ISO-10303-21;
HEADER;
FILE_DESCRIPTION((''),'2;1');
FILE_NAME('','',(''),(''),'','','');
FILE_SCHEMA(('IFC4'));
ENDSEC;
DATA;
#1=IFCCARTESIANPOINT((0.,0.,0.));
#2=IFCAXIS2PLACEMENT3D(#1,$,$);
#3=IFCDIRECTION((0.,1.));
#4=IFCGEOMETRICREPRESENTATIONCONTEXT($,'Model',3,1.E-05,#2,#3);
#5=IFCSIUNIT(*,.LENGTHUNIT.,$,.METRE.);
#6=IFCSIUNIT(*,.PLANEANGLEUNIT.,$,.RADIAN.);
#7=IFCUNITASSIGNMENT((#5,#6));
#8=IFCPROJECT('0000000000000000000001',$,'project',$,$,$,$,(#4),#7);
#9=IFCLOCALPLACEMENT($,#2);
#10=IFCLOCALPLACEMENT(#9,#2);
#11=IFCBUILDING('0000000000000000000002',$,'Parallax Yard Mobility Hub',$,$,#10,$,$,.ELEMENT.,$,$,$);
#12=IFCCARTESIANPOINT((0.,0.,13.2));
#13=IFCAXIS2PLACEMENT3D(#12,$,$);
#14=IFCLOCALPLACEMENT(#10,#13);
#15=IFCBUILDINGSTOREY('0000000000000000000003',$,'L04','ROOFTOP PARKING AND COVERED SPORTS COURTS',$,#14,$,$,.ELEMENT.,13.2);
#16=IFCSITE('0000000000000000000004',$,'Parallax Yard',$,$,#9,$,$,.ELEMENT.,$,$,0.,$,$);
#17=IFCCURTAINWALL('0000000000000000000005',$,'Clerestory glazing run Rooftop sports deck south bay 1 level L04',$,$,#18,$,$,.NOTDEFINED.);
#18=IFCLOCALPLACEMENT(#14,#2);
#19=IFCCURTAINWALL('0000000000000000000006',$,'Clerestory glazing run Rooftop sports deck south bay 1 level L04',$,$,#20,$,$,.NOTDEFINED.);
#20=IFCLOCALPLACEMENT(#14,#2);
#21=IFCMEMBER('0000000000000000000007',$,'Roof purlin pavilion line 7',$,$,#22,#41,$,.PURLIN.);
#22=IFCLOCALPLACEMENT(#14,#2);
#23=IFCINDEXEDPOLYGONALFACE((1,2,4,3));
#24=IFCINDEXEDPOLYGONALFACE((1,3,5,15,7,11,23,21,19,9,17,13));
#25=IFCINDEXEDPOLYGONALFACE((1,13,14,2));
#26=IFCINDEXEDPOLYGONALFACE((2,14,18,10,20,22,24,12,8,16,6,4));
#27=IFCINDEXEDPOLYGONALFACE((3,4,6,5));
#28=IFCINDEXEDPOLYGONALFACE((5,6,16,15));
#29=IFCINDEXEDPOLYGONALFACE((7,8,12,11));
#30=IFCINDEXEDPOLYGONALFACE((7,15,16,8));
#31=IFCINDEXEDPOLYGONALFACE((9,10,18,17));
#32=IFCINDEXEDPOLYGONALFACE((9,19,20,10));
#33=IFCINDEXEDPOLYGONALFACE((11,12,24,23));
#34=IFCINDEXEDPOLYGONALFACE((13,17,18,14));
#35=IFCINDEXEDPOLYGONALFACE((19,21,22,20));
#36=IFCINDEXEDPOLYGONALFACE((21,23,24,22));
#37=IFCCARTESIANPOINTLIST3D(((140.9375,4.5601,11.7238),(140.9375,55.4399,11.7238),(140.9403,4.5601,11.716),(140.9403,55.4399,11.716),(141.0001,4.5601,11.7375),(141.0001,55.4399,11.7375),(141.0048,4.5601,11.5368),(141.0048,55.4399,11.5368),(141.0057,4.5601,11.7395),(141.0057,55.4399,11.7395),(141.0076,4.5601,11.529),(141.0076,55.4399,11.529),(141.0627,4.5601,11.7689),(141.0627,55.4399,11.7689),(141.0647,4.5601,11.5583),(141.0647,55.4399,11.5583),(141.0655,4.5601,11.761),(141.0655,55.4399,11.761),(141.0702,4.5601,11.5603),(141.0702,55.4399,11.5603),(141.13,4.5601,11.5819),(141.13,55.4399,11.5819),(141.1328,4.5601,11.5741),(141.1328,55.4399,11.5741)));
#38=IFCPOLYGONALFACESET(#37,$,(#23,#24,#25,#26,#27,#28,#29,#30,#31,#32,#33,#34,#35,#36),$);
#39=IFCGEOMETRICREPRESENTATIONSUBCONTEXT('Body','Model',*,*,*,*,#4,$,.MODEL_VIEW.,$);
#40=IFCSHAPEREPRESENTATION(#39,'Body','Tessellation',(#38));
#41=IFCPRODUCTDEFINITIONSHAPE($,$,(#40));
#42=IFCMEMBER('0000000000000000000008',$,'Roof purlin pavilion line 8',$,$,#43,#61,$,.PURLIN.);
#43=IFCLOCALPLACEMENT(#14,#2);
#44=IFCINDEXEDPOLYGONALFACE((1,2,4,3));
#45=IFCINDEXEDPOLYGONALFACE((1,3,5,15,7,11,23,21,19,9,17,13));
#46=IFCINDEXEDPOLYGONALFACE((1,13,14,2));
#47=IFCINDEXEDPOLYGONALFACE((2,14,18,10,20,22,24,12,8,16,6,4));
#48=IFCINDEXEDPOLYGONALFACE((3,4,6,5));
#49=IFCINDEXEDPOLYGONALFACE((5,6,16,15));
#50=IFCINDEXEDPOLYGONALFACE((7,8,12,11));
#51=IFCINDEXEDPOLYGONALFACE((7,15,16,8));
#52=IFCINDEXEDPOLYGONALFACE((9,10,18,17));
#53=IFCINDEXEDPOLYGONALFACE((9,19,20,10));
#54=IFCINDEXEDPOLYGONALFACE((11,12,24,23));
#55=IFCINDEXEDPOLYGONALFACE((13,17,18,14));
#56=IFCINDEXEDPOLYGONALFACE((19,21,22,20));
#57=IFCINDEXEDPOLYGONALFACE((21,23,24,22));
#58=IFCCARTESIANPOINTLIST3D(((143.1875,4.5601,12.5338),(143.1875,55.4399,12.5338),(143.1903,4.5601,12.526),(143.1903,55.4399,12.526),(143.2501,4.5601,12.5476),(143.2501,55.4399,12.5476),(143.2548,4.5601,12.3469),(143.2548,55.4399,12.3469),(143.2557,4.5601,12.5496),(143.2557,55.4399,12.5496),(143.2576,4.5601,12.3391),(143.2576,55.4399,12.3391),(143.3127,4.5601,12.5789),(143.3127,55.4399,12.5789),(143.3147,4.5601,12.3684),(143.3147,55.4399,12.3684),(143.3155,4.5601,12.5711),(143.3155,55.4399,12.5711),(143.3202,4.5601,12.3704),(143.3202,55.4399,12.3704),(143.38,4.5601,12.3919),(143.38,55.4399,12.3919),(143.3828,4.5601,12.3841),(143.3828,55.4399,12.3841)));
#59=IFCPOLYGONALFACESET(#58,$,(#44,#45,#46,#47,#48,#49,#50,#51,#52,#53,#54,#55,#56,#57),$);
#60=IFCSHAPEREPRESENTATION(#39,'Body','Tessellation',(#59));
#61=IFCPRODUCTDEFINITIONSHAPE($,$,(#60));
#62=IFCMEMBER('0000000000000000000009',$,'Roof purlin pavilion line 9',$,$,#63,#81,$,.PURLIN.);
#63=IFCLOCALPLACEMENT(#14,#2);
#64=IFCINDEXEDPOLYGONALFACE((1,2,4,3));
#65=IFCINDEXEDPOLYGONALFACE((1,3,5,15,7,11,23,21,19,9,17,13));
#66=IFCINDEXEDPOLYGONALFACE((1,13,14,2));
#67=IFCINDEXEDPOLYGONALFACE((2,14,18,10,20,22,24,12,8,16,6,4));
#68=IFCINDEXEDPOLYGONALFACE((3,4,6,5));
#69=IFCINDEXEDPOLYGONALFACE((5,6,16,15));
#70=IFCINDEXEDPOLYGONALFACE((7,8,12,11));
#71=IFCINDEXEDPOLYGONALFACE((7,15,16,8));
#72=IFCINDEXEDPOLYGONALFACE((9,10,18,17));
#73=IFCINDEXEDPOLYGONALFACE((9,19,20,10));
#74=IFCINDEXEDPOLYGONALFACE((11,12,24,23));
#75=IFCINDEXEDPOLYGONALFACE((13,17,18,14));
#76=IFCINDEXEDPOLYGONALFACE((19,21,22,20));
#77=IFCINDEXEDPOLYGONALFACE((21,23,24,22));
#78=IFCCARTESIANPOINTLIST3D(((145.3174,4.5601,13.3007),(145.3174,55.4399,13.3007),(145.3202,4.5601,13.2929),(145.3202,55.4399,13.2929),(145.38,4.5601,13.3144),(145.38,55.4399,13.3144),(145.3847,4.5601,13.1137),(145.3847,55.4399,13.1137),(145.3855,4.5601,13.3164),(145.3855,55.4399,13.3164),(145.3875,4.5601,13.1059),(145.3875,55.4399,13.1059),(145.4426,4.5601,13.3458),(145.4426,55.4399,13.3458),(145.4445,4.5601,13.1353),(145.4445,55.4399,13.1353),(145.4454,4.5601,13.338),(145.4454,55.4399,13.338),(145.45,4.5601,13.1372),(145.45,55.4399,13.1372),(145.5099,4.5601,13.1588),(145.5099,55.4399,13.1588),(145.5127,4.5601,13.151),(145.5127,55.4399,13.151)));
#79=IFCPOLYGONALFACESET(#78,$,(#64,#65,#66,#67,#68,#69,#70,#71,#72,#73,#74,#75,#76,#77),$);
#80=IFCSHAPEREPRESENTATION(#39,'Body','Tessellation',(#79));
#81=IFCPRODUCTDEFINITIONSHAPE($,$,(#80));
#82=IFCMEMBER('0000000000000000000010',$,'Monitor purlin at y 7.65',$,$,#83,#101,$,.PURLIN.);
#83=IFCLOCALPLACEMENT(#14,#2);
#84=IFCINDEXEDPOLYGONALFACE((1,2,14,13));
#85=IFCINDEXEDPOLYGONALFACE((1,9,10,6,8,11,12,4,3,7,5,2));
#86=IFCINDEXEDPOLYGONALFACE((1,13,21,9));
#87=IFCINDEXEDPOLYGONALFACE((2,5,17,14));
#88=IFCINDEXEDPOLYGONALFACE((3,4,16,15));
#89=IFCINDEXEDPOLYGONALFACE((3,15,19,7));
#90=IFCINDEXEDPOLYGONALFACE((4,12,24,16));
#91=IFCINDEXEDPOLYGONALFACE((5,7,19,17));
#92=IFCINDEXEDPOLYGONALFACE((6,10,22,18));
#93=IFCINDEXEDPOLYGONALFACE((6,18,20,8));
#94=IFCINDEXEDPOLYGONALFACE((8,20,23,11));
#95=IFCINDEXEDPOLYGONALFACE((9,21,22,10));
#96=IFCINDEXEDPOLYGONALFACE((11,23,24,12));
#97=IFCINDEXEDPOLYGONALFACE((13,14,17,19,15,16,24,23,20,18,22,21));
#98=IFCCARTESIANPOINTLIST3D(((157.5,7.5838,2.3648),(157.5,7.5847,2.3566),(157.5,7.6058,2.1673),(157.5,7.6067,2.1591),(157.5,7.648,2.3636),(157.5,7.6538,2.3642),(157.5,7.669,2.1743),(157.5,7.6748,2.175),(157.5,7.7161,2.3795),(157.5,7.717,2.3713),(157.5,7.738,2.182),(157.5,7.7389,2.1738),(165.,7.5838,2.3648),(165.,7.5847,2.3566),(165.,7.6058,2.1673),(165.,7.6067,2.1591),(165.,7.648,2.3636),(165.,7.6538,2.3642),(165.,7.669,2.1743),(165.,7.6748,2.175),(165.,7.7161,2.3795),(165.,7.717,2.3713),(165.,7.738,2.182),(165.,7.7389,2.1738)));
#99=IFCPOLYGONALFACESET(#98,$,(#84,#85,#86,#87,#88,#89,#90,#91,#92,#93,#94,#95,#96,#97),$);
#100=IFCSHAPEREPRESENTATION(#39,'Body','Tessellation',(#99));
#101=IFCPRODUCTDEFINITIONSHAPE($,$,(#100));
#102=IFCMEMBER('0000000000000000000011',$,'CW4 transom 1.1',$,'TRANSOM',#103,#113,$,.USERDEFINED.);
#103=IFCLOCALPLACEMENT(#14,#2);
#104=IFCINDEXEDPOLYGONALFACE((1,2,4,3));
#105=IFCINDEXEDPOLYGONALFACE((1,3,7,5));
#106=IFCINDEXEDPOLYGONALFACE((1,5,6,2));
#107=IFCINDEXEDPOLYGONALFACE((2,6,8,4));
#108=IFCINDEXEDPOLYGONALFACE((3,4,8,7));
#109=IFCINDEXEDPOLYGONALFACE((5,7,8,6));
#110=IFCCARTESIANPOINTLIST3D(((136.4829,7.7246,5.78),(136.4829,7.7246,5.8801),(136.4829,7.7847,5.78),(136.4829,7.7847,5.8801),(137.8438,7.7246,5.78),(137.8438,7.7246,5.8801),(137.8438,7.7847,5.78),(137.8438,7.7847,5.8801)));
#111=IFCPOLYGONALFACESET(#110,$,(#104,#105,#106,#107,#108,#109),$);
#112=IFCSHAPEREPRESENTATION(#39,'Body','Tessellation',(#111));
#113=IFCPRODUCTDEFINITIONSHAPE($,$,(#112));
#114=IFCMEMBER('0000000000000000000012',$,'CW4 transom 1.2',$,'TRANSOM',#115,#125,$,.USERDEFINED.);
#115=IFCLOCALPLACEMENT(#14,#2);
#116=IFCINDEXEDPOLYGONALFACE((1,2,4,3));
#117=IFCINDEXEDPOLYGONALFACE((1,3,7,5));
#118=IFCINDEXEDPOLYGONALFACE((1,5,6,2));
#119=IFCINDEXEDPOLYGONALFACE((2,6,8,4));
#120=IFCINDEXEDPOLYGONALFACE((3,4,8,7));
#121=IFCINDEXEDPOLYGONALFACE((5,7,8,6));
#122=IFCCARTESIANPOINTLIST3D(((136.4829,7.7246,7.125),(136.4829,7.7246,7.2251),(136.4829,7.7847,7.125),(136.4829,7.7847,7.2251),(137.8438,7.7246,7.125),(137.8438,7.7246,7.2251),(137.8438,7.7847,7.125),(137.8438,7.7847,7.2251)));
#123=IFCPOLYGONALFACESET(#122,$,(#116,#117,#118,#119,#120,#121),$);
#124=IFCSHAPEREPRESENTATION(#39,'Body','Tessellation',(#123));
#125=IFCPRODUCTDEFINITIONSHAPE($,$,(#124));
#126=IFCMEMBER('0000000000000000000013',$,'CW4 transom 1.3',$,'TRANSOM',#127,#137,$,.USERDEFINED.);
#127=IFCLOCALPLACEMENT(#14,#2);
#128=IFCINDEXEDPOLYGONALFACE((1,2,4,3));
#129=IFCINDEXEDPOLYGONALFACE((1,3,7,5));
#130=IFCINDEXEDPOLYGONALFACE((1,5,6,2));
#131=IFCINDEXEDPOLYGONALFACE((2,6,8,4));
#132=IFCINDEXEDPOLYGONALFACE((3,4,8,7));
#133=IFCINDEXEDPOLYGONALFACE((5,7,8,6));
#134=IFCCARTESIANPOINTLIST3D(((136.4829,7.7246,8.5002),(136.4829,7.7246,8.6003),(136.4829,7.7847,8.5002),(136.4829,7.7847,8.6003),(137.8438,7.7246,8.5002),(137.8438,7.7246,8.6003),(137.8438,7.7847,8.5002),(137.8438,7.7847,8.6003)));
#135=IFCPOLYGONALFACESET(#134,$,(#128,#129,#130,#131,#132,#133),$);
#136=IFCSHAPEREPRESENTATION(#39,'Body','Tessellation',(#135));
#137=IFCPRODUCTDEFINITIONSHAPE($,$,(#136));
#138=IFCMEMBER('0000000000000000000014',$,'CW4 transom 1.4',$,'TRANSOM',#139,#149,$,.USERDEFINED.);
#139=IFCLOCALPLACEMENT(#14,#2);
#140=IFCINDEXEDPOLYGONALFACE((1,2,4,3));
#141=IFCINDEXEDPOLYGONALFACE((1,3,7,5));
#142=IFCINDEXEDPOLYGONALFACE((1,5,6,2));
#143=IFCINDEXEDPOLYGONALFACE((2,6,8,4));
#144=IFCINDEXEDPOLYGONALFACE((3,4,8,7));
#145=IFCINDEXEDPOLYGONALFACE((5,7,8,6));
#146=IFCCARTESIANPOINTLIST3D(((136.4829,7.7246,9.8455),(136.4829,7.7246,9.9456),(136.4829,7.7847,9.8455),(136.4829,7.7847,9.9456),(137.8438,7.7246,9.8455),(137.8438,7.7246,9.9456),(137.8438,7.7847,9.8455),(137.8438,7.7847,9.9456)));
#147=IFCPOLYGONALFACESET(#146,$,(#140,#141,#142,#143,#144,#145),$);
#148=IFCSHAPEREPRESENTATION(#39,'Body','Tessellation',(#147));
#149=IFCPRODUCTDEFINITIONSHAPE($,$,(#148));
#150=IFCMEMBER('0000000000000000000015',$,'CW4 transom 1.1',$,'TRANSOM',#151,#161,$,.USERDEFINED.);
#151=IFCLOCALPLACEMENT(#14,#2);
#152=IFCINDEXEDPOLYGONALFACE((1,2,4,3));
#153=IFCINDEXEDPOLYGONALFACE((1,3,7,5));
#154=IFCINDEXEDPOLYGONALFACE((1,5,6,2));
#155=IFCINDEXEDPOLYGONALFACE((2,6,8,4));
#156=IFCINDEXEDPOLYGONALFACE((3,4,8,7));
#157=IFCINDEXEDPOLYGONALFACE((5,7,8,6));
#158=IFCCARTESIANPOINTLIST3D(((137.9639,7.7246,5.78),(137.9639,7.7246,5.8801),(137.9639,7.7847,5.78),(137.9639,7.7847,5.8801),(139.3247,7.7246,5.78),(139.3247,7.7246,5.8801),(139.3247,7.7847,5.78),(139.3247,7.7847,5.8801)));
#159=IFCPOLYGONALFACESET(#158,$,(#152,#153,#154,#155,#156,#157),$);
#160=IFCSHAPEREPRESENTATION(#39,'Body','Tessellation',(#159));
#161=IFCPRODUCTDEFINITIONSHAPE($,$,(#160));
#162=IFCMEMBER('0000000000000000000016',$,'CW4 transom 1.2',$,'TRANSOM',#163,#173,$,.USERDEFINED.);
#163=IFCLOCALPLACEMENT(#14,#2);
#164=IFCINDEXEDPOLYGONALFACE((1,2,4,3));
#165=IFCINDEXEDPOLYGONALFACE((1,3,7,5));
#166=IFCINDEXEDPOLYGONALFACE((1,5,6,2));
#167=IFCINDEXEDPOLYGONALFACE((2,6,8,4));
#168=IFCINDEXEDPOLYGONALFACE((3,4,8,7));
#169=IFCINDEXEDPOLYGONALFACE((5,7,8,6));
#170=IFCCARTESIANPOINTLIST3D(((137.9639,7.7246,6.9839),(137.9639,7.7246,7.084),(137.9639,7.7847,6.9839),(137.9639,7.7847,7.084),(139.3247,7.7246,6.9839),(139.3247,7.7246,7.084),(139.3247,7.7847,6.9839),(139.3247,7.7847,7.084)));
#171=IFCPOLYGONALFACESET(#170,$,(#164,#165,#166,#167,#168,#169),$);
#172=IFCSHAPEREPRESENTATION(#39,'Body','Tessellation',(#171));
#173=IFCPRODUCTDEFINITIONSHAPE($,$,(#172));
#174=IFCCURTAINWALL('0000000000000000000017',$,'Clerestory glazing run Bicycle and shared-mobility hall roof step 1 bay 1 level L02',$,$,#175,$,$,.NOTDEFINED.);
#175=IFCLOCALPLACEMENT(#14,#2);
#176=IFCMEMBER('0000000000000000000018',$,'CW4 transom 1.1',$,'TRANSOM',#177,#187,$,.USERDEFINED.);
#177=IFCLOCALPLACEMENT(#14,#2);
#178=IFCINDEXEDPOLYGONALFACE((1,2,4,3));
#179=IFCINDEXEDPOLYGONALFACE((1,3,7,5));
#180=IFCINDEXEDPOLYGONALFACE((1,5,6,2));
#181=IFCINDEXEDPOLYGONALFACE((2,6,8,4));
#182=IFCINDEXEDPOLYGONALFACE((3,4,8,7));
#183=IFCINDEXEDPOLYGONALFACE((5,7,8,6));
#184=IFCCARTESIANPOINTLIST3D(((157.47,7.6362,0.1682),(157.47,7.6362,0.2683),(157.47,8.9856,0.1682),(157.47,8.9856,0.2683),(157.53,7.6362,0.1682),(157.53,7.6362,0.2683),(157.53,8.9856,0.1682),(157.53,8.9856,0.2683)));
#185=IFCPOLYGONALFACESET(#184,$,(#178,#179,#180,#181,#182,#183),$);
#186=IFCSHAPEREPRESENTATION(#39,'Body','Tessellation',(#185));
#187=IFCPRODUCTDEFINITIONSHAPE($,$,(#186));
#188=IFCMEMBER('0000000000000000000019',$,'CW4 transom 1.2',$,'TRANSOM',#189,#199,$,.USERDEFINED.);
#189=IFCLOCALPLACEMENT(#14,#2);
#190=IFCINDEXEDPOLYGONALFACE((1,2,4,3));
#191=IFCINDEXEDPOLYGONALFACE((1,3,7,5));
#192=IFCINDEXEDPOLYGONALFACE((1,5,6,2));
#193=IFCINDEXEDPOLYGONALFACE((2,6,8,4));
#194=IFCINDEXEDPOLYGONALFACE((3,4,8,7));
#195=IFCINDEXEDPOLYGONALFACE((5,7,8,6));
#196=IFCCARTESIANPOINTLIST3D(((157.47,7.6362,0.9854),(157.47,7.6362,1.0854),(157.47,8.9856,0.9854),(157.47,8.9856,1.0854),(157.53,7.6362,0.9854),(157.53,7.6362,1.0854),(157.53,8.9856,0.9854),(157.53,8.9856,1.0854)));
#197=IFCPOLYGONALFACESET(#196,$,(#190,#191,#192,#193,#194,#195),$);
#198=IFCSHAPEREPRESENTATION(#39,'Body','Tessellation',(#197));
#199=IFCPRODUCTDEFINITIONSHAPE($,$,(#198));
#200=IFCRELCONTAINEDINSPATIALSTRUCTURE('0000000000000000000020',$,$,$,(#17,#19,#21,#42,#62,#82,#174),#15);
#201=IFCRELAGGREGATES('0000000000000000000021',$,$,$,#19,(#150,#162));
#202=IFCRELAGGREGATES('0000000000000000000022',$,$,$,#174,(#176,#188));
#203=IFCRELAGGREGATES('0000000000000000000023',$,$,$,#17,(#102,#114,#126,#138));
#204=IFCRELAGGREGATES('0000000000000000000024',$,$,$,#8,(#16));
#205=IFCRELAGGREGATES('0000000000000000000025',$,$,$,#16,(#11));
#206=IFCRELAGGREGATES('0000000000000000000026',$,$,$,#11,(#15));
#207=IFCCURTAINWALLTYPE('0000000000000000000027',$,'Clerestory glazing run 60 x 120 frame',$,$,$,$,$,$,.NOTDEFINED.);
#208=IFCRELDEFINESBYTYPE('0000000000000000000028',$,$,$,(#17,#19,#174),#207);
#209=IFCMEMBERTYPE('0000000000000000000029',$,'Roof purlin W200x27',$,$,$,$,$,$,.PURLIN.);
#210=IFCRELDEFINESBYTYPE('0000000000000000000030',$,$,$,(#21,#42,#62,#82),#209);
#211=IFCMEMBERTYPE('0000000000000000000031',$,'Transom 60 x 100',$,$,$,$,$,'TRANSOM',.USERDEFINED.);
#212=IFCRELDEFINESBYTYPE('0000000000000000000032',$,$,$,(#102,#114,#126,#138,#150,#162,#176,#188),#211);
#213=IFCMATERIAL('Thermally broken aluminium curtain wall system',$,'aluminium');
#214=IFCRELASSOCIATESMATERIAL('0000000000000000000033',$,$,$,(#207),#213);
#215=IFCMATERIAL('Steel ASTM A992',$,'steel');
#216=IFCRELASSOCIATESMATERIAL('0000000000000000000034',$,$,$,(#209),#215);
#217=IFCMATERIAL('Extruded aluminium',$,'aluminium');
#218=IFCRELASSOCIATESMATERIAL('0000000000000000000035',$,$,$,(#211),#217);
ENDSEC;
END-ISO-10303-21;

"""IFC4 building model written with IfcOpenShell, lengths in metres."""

from ifc_helpers import new_model, si_unit, direction, frame, origin, origin_2d, place, context, subcontext, project, spatial, rectangle, i_section, extrude, material, material_profile, profile_set, type_object, element, aggregate, save


model = new_model("IFC4")

# Units and contexts
model_context = context("Model", 3, precision=1e-05, world=origin(), true_north=direction((0.0, 1.0)))
body_context = subcontext(model_context, "Body", "Model", "MODEL_VIEW")
ifc_project = project(units=[si_unit("LENGTHUNIT", "METRE"), si_unit("PLANEANGLEUNIT", "RADIAN")], contexts=[model_context])

# Site, building, storey
site_placement = place(None, origin())
site = spatial("IfcSite", under=ifc_project, at=site_placement, Name="Parallax Yard", CompositionType="ELEMENT", RefElevation=0.0)
building_placement = place(site_placement, origin())
building = spatial("IfcBuilding", under=site, at=building_placement, Name="Parallax Yard Mobility Hub", CompositionType="ELEMENT")
storey_placement = place(building_placement, frame((0.0, 0.0, 13.2)))
storey = spatial("IfcBuildingStorey", under=building, at=storey_placement, Name="L04", Description="ROOFTOP PARKING AND COVERED SPORTS COURTS", CompositionType="ELEMENT", Elevation=13.2)

# Shared definitions
ifc_material_1 = material(Name="Steel ASTM A992", Category="steel")

# Shared definitions
ifc_material_2 = material(Name="Thermally broken aluminium curtain wall system", Category="aluminium")
curtain_wall_type = type_object("IfcCurtainWallType", Name="Clerestory glazing run 60 x 120 frame", PredefinedType="NOTDEFINED", material=ifc_material_2)
ifc_material_3 = material(Name="Extruded aluminium", Category="aluminium")

# Curtain wall
curtain_wall_1_placement = place(storey_placement, origin())
curtain_wall_1 = element("IfcCurtainWall", 1, at=curtain_wall_1_placement, inside=storey, type_object=curtain_wall_type, Name="Clerestory glazing run Rooftop sports deck south bay 1 level L04", PredefinedType="NOTDEFINED")

# Curtain wall
curtain_wall_2_placement = place(storey_placement, origin())
curtain_wall_2 = element("IfcCurtainWall", 2, at=curtain_wall_2_placement, inside=storey, type_object=curtain_wall_type, Name="Clerestory glazing run Rooftop sports deck south bay 1 level L04", PredefinedType="NOTDEFINED")

# Members
ifc_material_profile_1 = material_profile(ifc_material_1, i_section(OverallWidth=0.1331, OverallDepth=0.207, WebThickness=0.0059, FlangeThickness=0.0083, at=origin_2d()), Name="W200x27")
ifc_profile_set_1 = profile_set([ifc_material_profile_1], Name="Steel ASTM A992")
member_type_1 = type_object("IfcMemberType", Name="Roof purlin W200x27", PredefinedType="PURLIN", material=ifc_profile_set_1)
for number, where, z_axis, x_axis, name in (
    (3, (141.0352, 4.5601, 11.6489), (0.0, 1.0, 0.0), (-0.940887, 0.0, -0.33872), "Roof purlin pavilion line 7"),
    (4, (143.2852, 4.5601, 12.459), (0.0, 1.0, 0.0), (-0.940887, 0.0, -0.33872), "Roof purlin pavilion line 8"),
    (5, (145.415, 4.5601, 13.2258), (0.0, 1.0, 0.0), (-0.940887, 0.0, -0.33872), "Roof purlin pavilion line 9"),
):
    element("IfcMember", number, at=place(storey_placement, frame(where, z_axis=z_axis, x_axis=x_axis)), inside=storey, type_object=member_type_1, Name=name, PredefinedType="PURLIN", context=body_context, shape_type="SweptSolid", body=[
        extrude(i_section(OverallWidth=0.1331, OverallDepth=0.207, WebThickness=0.0059, FlangeThickness=0.0083, at=origin_2d()), origin(), (0.0, 0.0, 1.0), 50.8799),
    ])
member_1_placement = place(storey_placement, frame((157.5, 7.6614, 2.2693), z_axis=(1.0, 0.0, 0.0), x_axis=(0.0, 0.993884, 0.110432)))
element("IfcMember", 6, at=member_1_placement, inside=storey, type_object=member_type_1, Name="Monitor purlin at y 7.65", PredefinedType="PURLIN", context=body_context, shape_type="SweptSolid", body=[
    extrude(i_section(OverallWidth=0.1331, OverallDepth=0.207, WebThickness=0.0059, FlangeThickness=0.0083, at=origin_2d()), origin(), (0.0, 0.0, 1.0), 7.5),
])

# Members
ifc_material_profile_2 = material_profile(ifc_material_3, rectangle(XDim=0.0601, YDim=0.1001, at=origin_2d()), Name="Transom 60 x 100")
ifc_profile_set_2 = profile_set([ifc_material_profile_2], Name="Extruded aluminium")
member_type_2 = type_object("IfcMemberType", Name="Transom 60 x 100", ElementType="TRANSOM", PredefinedType="USERDEFINED", material=ifc_profile_set_2)
member_2_placement = place(storey_placement, frame((136.4829, 7.7546, 5.8301), z_axis=(1.0, 0.0, 0.0), x_axis=(0.0, 1.0, 0.0)))
member_2 = element("IfcMember", 7, at=member_2_placement, type_object=member_type_2, Name="CW4 transom 1.1", ObjectType="TRANSOM", PredefinedType="USERDEFINED", context=body_context, shape_type="SweptSolid", body=[
    extrude(rectangle(XDim=0.0601, YDim=0.1001, at=origin_2d()), origin(), (0.0, 0.0, 1.0), 1.3608),
])
member_3_placement = place(storey_placement, frame((136.4829, 7.7546, 7.175), z_axis=(1.0, 0.0, 0.0), x_axis=(0.0, 1.0, 0.0)))
member_3 = element("IfcMember", 8, at=member_3_placement, type_object=member_type_2, Name="CW4 transom 1.2", ObjectType="TRANSOM", PredefinedType="USERDEFINED", context=body_context, shape_type="SweptSolid", body=[
    extrude(rectangle(XDim=0.0601, YDim=0.1001, at=origin_2d()), origin(), (0.0, 0.0, 1.0), 1.3608),
])
member_4_placement = place(storey_placement, frame((136.4829, 7.7546, 8.5503), z_axis=(1.0, 0.0, 0.0), x_axis=(0.0, 1.0, 0.0)))
member_4 = element("IfcMember", 9, at=member_4_placement, type_object=member_type_2, Name="CW4 transom 1.3", ObjectType="TRANSOM", PredefinedType="USERDEFINED", context=body_context, shape_type="SweptSolid", body=[
    extrude(rectangle(XDim=0.0601, YDim=0.1001, at=origin_2d()), origin(), (0.0, 0.0, 1.0), 1.3608),
])
member_5_placement = place(storey_placement, frame((136.4829, 7.7546, 9.8955), z_axis=(1.0, 0.0, 0.0), x_axis=(0.0, 1.0, 0.0)))
member_5 = element("IfcMember", 10, at=member_5_placement, type_object=member_type_2, Name="CW4 transom 1.4", ObjectType="TRANSOM", PredefinedType="USERDEFINED", context=body_context, shape_type="SweptSolid", body=[
    extrude(rectangle(XDim=0.0601, YDim=0.1001, at=origin_2d()), origin(), (0.0, 0.0, 1.0), 1.3608),
])
member_6_placement = place(storey_placement, frame((137.9639, 7.7546, 5.8301), z_axis=(1.0, 0.0, 0.0), x_axis=(0.0, 1.0, 0.0)))
member_6 = element("IfcMember", 11, at=member_6_placement, type_object=member_type_2, Name="CW4 transom 1.1", ObjectType="TRANSOM", PredefinedType="USERDEFINED", context=body_context, shape_type="SweptSolid", body=[
    extrude(rectangle(XDim=0.0601, YDim=0.1001, at=origin_2d()), origin(), (0.0, 0.0, 1.0), 1.3608),
])
member_7_placement = place(storey_placement, frame((137.9639, 7.7546, 7.0339), z_axis=(1.0, 0.0, 0.0), x_axis=(0.0, 1.0, 0.0)))
member_7 = element("IfcMember", 12, at=member_7_placement, type_object=member_type_2, Name="CW4 transom 1.2", ObjectType="TRANSOM", PredefinedType="USERDEFINED", context=body_context, shape_type="SweptSolid", body=[
    extrude(rectangle(XDim=0.0601, YDim=0.1001, at=origin_2d()), origin(), (0.0, 0.0, 1.0), 1.3608),
])
aggregate(curtain_wall_2, [member_6, member_7])

# Curtain wall, members
curtain_wall_3_placement = place(storey_placement, origin())
curtain_wall_3 = element("IfcCurtainWall", 13, at=curtain_wall_3_placement, inside=storey, type_object=curtain_wall_type, Name="Clerestory glazing run Bicycle and shared-mobility hall roof step 1 bay 1 level L02", PredefinedType="NOTDEFINED")
member_8_placement = place(storey_placement, frame((157.5, 7.6362, 0.2183), z_axis=(0.0, 1.0, 0.0), x_axis=(-1.0, 0.0, 0.0)))
member_8 = element("IfcMember", 14, at=member_8_placement, type_object=member_type_2, Name="CW4 transom 1.1", ObjectType="TRANSOM", PredefinedType="USERDEFINED", context=body_context, shape_type="SweptSolid", body=[
    extrude(rectangle(XDim=0.0601, YDim=0.1001, at=origin_2d()), origin(), (0.0, 0.0, 1.0), 1.3494),
])
member_9_placement = place(storey_placement, frame((157.5, 7.6362, 1.0354), z_axis=(0.0, 1.0, 0.0), x_axis=(-1.0, 0.0, 0.0)))
member_9 = element("IfcMember", 15, at=member_9_placement, type_object=member_type_2, Name="CW4 transom 1.2", ObjectType="TRANSOM", PredefinedType="USERDEFINED", context=body_context, shape_type="SweptSolid", body=[
    extrude(rectangle(XDim=0.0601, YDim=0.1001, at=origin_2d()), origin(), (0.0, 0.0, 1.0), 1.3494),
])
aggregate(curtain_wall_3, [member_8, member_9])

aggregate(curtain_wall_1, [member_2, member_3, member_4, member_5])

save(model, "model.ifc")
